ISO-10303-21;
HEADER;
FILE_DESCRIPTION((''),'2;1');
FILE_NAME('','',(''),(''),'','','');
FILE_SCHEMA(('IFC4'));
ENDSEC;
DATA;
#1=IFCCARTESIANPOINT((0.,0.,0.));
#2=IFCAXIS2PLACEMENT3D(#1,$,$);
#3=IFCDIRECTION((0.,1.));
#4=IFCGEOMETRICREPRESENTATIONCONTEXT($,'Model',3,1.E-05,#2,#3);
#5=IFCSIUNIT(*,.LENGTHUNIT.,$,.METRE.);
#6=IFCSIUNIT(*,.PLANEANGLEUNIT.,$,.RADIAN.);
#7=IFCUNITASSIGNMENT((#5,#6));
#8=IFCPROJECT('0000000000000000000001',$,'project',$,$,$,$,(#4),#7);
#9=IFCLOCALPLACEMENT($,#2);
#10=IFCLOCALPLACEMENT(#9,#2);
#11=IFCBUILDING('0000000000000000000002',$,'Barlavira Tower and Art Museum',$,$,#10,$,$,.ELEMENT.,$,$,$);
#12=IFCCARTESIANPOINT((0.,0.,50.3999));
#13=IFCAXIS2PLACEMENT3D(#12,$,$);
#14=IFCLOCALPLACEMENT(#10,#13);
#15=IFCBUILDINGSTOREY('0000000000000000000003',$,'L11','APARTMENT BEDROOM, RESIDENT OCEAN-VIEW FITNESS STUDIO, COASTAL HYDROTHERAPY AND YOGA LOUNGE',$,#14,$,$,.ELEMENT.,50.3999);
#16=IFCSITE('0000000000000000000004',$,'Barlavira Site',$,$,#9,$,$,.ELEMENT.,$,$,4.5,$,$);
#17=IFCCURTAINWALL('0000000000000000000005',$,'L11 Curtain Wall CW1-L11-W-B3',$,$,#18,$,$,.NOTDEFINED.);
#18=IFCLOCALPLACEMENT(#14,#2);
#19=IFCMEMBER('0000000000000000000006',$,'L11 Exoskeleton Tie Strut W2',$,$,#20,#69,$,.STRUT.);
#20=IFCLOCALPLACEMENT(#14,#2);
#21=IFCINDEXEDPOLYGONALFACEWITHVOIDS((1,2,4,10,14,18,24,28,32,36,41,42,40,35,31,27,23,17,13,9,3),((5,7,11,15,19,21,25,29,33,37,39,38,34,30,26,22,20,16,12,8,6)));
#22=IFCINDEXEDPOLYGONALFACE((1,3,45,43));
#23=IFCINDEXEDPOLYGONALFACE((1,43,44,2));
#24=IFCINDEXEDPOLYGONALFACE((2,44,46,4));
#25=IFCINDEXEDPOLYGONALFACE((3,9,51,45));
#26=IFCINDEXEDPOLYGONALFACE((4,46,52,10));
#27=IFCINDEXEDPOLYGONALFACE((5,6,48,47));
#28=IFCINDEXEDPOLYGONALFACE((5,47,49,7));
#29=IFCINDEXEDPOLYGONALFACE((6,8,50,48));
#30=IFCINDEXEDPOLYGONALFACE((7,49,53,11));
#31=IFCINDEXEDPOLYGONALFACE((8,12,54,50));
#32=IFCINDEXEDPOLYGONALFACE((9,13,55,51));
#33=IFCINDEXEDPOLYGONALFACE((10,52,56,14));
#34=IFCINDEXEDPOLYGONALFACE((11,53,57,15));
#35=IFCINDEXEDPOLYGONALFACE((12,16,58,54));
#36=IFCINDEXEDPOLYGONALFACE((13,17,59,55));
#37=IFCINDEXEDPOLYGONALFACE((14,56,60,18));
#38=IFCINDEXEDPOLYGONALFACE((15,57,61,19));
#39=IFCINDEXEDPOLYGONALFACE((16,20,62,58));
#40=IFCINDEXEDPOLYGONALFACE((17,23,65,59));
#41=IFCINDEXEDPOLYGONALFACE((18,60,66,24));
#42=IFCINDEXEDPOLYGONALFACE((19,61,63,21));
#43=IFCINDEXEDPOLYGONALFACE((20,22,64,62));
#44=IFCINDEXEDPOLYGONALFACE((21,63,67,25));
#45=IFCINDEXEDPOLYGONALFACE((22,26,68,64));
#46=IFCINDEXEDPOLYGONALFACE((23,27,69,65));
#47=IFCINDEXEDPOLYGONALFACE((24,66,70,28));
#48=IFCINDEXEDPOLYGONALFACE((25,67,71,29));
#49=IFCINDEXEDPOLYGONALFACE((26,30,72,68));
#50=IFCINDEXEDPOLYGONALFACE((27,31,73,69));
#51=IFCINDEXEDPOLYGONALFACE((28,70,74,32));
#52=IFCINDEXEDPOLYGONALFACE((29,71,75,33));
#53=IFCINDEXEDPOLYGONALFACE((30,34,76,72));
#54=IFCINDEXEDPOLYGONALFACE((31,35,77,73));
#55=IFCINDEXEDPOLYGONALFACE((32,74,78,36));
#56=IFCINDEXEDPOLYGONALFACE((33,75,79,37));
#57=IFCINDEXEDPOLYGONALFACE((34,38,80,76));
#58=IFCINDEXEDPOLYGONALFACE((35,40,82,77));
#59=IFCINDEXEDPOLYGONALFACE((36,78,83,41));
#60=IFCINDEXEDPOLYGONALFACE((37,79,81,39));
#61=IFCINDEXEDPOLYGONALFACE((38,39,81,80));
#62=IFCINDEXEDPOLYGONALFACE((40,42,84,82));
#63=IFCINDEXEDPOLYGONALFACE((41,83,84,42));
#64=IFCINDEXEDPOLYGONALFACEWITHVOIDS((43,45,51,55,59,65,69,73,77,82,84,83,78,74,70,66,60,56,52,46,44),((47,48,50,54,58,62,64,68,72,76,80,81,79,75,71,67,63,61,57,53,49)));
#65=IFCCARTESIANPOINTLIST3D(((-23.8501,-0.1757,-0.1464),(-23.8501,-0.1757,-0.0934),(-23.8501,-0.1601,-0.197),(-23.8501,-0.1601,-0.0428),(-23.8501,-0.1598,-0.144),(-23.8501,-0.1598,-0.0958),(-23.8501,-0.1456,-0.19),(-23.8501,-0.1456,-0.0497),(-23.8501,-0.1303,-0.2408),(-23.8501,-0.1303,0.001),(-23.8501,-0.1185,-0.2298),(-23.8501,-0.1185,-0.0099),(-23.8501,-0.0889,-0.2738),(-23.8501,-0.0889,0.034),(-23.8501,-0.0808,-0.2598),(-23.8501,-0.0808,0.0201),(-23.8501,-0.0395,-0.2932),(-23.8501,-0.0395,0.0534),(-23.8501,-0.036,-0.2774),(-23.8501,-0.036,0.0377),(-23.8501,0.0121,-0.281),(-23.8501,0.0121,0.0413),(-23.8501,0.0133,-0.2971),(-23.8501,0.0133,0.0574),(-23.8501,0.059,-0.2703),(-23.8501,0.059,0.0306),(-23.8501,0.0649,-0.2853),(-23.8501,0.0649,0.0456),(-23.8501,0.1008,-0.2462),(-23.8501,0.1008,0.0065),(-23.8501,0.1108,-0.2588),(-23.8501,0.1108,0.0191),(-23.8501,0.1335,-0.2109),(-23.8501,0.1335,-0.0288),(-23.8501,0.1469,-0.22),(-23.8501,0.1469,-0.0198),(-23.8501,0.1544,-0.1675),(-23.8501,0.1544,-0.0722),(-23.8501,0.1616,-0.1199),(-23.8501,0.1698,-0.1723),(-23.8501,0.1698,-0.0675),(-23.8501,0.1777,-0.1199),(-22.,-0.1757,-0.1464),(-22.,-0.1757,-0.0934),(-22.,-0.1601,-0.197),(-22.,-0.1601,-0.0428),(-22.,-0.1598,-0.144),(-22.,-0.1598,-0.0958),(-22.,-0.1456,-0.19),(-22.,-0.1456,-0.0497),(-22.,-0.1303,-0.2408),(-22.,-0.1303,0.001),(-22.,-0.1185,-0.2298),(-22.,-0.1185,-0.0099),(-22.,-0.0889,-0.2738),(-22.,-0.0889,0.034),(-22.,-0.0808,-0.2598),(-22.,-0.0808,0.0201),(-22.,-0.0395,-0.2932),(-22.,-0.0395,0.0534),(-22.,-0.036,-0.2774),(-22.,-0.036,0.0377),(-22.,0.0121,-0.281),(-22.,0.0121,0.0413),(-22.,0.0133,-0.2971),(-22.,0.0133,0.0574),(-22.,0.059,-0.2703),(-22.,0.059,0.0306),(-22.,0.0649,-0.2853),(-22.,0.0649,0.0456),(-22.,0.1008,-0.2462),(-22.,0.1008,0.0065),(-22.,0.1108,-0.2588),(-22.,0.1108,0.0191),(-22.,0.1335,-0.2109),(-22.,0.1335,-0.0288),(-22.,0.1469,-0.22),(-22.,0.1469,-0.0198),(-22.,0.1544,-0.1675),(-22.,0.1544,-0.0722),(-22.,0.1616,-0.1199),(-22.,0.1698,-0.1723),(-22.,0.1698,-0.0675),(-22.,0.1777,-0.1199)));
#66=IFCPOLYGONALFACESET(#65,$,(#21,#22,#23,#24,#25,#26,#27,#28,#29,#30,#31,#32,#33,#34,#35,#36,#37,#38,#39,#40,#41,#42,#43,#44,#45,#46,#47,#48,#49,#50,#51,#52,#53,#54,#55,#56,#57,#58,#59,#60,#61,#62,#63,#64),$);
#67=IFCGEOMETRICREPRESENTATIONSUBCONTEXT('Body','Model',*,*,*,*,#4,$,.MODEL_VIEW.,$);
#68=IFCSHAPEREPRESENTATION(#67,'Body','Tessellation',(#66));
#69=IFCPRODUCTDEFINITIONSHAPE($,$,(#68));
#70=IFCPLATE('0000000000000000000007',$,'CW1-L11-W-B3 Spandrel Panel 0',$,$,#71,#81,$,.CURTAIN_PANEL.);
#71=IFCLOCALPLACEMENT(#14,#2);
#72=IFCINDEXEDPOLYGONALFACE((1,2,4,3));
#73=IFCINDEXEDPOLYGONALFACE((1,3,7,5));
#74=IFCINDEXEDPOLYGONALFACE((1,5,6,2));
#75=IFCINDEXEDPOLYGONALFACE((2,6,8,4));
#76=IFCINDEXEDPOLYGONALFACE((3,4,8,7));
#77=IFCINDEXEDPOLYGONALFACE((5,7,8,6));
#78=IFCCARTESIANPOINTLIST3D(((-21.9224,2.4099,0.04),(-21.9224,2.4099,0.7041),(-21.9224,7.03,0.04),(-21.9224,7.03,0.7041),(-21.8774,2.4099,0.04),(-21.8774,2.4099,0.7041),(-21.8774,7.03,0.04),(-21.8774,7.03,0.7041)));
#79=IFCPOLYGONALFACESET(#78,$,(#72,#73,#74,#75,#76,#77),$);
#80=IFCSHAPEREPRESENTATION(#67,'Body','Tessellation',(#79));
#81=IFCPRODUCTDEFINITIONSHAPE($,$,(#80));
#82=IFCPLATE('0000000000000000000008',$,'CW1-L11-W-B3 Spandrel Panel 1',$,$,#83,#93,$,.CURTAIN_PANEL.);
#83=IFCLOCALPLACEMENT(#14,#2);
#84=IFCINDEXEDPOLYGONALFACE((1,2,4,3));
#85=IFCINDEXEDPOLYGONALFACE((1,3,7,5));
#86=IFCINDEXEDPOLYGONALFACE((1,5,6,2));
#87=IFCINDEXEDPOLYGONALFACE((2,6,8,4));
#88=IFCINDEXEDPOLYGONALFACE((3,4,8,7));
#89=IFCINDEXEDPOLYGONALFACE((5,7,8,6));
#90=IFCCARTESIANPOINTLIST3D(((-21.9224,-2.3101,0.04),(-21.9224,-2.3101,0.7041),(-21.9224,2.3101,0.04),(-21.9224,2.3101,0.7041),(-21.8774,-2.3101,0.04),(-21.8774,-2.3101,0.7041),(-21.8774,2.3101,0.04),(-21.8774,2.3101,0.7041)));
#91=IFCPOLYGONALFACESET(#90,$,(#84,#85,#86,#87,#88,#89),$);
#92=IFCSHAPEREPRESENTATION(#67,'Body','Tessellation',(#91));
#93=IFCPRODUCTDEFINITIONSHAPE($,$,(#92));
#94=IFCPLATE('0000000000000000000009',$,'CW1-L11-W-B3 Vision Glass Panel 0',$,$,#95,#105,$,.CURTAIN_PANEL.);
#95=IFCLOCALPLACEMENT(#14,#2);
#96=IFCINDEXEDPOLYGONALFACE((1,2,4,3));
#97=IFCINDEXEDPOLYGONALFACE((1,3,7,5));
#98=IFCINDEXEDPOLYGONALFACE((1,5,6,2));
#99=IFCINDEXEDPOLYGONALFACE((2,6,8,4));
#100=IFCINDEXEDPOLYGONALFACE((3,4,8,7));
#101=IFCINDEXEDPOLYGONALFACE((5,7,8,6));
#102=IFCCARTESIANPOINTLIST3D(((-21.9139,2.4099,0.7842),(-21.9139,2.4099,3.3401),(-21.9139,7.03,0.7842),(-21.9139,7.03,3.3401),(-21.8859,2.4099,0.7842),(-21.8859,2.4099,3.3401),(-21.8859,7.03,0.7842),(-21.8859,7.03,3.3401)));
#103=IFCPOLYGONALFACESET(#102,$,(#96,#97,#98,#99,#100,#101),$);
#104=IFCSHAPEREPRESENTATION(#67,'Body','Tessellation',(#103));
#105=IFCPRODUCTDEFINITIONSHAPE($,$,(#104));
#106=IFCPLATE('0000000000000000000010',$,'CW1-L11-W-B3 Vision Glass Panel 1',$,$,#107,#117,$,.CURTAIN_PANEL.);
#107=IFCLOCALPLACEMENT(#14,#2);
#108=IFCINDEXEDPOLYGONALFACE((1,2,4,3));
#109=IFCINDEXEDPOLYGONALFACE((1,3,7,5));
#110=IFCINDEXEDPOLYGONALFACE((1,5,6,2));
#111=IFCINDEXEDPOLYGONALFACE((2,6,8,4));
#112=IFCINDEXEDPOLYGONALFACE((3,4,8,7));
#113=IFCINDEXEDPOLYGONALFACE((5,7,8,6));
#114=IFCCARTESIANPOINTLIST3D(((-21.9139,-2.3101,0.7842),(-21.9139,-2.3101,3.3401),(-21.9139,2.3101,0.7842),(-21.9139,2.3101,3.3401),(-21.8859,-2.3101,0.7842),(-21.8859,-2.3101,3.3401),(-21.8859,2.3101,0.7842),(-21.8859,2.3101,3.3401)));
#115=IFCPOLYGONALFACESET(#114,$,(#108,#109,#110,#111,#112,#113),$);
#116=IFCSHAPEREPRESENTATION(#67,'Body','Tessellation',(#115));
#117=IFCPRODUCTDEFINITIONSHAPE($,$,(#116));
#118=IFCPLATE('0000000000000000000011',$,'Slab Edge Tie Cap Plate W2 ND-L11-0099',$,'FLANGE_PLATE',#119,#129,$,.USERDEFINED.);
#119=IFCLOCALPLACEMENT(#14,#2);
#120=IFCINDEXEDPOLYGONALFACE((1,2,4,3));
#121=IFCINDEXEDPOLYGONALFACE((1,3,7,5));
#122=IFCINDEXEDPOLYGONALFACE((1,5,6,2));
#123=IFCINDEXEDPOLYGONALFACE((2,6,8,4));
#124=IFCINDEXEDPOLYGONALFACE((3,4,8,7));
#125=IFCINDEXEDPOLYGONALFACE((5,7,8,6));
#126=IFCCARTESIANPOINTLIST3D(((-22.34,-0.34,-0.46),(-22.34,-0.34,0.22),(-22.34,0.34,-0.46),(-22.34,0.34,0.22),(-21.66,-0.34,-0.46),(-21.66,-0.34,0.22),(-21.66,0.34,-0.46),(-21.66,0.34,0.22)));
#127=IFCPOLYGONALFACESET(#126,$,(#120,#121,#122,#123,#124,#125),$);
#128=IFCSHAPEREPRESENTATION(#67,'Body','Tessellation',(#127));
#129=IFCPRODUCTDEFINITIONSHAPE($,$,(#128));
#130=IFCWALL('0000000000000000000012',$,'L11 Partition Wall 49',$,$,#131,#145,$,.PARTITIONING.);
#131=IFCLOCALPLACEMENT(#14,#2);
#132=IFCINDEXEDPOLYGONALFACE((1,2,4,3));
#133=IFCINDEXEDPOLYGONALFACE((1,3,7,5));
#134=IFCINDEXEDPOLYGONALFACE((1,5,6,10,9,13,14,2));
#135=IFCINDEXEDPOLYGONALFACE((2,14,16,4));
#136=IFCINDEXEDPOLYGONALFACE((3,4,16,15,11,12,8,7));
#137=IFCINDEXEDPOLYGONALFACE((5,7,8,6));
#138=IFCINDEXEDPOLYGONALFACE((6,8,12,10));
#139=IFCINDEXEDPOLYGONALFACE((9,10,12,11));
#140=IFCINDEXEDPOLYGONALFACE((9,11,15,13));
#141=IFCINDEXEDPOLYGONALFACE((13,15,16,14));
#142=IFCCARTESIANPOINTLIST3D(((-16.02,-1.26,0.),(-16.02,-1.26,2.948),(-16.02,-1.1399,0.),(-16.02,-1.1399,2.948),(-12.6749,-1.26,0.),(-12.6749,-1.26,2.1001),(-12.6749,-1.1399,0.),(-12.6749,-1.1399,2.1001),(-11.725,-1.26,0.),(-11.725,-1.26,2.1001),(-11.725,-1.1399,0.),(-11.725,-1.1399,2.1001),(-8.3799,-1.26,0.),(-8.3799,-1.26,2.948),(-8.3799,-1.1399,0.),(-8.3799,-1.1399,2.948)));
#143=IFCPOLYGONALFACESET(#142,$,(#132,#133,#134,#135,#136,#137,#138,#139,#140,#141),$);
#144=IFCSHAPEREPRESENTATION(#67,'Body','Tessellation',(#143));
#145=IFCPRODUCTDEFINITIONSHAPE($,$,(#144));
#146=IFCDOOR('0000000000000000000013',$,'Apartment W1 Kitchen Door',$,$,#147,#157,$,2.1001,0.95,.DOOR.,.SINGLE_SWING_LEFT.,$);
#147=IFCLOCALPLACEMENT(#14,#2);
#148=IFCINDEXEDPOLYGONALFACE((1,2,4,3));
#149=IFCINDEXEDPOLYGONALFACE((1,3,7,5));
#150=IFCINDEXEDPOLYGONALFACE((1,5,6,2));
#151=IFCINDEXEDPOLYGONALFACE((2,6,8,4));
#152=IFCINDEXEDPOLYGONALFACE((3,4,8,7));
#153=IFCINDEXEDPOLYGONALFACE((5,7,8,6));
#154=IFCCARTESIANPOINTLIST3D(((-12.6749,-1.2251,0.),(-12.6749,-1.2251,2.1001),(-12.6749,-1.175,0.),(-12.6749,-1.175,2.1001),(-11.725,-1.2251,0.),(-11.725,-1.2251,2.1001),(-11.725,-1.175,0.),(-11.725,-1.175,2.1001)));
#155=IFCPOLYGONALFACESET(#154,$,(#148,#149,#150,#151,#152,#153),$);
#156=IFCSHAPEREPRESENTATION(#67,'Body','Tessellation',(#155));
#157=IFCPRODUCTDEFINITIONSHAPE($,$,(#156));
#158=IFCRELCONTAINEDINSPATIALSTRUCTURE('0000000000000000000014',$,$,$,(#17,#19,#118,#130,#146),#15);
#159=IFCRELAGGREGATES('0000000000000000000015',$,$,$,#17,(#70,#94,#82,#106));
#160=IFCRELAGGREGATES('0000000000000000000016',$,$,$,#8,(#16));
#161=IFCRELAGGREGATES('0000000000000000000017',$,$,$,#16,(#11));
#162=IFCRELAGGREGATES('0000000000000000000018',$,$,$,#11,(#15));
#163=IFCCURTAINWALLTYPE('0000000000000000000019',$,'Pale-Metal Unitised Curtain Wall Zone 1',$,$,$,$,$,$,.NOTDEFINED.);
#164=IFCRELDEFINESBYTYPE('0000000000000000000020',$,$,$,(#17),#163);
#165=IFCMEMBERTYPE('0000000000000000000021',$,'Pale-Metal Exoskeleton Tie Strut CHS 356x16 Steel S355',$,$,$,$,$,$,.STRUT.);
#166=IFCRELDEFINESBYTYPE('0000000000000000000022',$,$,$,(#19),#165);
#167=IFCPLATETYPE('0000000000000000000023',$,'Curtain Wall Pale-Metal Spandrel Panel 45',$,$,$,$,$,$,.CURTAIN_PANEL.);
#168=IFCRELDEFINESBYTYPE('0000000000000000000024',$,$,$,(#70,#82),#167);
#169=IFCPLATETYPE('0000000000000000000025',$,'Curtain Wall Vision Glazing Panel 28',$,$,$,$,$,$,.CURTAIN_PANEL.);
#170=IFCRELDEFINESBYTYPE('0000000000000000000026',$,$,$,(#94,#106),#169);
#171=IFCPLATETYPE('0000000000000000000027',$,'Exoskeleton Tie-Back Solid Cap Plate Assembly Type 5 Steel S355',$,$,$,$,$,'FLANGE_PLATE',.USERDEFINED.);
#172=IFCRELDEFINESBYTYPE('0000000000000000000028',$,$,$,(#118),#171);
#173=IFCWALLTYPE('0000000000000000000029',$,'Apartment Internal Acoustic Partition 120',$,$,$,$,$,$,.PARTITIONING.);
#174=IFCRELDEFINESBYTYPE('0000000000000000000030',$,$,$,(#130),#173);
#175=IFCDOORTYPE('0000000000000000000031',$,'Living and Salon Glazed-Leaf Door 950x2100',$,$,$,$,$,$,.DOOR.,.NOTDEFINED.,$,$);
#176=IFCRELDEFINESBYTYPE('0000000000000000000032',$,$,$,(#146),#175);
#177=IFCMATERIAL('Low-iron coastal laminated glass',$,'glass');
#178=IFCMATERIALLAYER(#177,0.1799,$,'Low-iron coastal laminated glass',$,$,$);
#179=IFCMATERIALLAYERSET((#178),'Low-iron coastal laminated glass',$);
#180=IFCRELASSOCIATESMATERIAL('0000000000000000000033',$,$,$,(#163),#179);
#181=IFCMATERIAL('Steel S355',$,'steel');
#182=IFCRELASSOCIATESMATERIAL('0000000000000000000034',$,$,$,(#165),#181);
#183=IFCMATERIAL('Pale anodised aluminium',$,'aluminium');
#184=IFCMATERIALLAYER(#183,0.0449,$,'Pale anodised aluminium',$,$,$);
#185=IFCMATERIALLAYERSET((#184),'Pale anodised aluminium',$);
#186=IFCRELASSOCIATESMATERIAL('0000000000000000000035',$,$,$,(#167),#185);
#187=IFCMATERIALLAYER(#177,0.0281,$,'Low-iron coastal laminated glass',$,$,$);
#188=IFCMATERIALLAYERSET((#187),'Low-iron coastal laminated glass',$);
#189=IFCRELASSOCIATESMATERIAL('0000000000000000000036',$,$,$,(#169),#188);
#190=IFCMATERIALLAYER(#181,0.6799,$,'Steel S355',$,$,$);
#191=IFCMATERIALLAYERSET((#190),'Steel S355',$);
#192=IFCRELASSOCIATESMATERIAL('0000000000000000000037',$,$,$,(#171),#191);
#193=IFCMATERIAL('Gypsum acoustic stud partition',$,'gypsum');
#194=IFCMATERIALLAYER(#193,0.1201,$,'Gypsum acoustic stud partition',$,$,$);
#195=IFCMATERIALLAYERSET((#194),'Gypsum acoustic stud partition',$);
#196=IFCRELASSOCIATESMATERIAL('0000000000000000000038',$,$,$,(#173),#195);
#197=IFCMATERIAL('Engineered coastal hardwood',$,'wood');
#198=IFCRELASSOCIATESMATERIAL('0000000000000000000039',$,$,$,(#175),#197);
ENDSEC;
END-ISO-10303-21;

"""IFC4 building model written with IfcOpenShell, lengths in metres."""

from ifc_helpers import new_model, si_unit, direction, frame, frame_2d, origin, origin_2d, place, context, subcontext, project, spatial, rectangle, hollow_circle, extrude, material, layer, layer_set, material_profile, profile_set, type_object, element, fill, aggregate, save


model = new_model("IFC4")

# Units and contexts
model_context = context("Model", 3, precision=1e-05, world=origin(), true_north=direction((0.0, 1.0)))
body_context = subcontext(model_context, "Body", "Model", "MODEL_VIEW")
ifc_project = project(units=[si_unit("LENGTHUNIT", "METRE"), si_unit("PLANEANGLEUNIT", "RADIAN")], contexts=[model_context])

# Site, building, storey
site_placement = place(None, origin())
site = spatial("IfcSite", under=ifc_project, at=site_placement, Name="Barlavira Site", CompositionType="ELEMENT", RefElevation=4.5)
building_placement = place(site_placement, origin())
building = spatial("IfcBuilding", under=site, at=building_placement, Name="Barlavira Tower and Art Museum", CompositionType="ELEMENT")
storey_placement = place(building_placement, frame((0.0, 0.0, 50.3999)))
storey = spatial("IfcBuildingStorey", under=building, at=storey_placement, Name="L11", Description="APARTMENT BEDROOM, RESIDENT OCEAN-VIEW FITNESS STUDIO, COASTAL HYDROTHERAPY AND YOGA LOUNGE", CompositionType="ELEMENT", Elevation=50.3999)

# Curtain wall
ifc_material_1 = material(Name="Low-iron coastal laminated glass", Category="glass")
ifc_layer_1 = layer(ifc_material_1, 0.1799, Name="Low-iron coastal laminated glass")
ifc_layer_set_1 = layer_set([ifc_layer_1], Name="Low-iron coastal laminated glass")
curtain_wall_type = type_object("IfcCurtainWallType", Name="Pale-Metal Unitised Curtain Wall Zone 1", PredefinedType="NOTDEFINED", material=ifc_layer_set_1)
curtain_wall_placement = place(storey_placement, origin())
curtain_wall = element("IfcCurtainWall", 1, at=curtain_wall_placement, inside=storey, type_object=curtain_wall_type, Name="L11 Curtain Wall CW1-L11-W-B3", PredefinedType="NOTDEFINED")
ifc_material_2 = material(Name="Pale anodised aluminium", Category="aluminium")

# Member
ifc_material_3 = material(Name="Steel S355", Category="steel")
ifc_material_profile_1 = material_profile(ifc_material_3, hollow_circle(Radius=0.1777, WallThickness=0.0161, at=origin_2d()), Name="CHS 355.6x16.0")
ifc_profile_set_1 = profile_set([ifc_material_profile_1], Name="Steel S355")
member_type_1 = type_object("IfcMemberType", Name="Pale-Metal Exoskeleton Tie Strut CHS 356x16 Steel S355", PredefinedType="STRUT", material=ifc_profile_set_1)
member_1_placement = place(storey_placement, frame((-23.8501, 0.0, -0.1199), z_axis=(1.0, 0.0, 0.0), x_axis=(0.0, 1.0, 0.0)))
element("IfcMember", 2, at=member_1_placement, inside=storey, type_object=member_type_1, Name="L11 Exoskeleton Tie Strut W2", PredefinedType="STRUT", context=body_context, shape_type="SweptSolid", body=[
    extrude(hollow_circle(Radius=0.1777, WallThickness=0.0161, at=origin_2d()), origin(), (0.0, 0.0, 1.0), 1.8501),
])

# Plates
ifc_layer_2 = layer(ifc_material_2, 0.0449, Name="Pale anodised aluminium")
ifc_layer_set_2 = layer_set([ifc_layer_2], Name="Pale anodised aluminium")
plate_type_1 = type_object("IfcPlateType", Name="Curtain Wall Pale-Metal Spandrel Panel 45", PredefinedType="CURTAIN_PANEL", material=ifc_layer_set_2)
plate_1_placement = place(storey_placement, frame((-21.8999, 4.72, 0.04), z_axis=(0.0, 0.0, 1.0), x_axis=(0.0, -1.0, 0.0)))
plate_1 = element("IfcPlate", 3, at=plate_1_placement, type_object=plate_type_1, Name="CW1-L11-W-B3 Spandrel Panel 0", PredefinedType="CURTAIN_PANEL", context=body_context, shape_type="SweptSolid", body=[
    extrude(rectangle(XDim=4.6201, YDim=0.0449, at=origin_2d()), origin(), (0.0, 0.0, 1.0), 0.6641),
])
plate_2_placement = place(storey_placement, frame((-21.8999, 0.0, 0.04), z_axis=(0.0, 0.0, 1.0), x_axis=(0.0, -1.0, 0.0)))
plate_2 = element("IfcPlate", 4, at=plate_2_placement, type_object=plate_type_1, Name="CW1-L11-W-B3 Spandrel Panel 1", PredefinedType="CURTAIN_PANEL", context=body_context, shape_type="SweptSolid", body=[
    extrude(rectangle(XDim=4.6201, YDim=0.0449, at=origin_2d()), origin(), (0.0, 0.0, 1.0), 0.6641),
])
ifc_layer_3 = layer(ifc_material_1, 0.0281, Name="Low-iron coastal laminated glass")
ifc_layer_set_3 = layer_set([ifc_layer_3], Name="Low-iron coastal laminated glass")
plate_type_2 = type_object("IfcPlateType", Name="Curtain Wall Vision Glazing Panel 28", PredefinedType="CURTAIN_PANEL", material=ifc_layer_set_3)
plate_3_placement = place(storey_placement, frame((-21.8999, 4.72, 0.7842), z_axis=(0.0, 0.0, 1.0), x_axis=(0.0, -1.0, 0.0)))
plate_3 = element("IfcPlate", 5, at=plate_3_placement, type_object=plate_type_2, Name="CW1-L11-W-B3 Vision Glass Panel 0", PredefinedType="CURTAIN_PANEL", context=body_context, shape_type="SweptSolid", body=[
    extrude(rectangle(XDim=4.6201, YDim=0.0281, at=origin_2d()), origin(), (0.0, 0.0, 1.0), 2.5559),
])
plate_4_placement = place(storey_placement, frame((-21.8999, 0.0, 0.7842), z_axis=(0.0, 0.0, 1.0), x_axis=(0.0, -1.0, 0.0)))
plate_4 = element("IfcPlate", 6, at=plate_4_placement, type_object=plate_type_2, Name="CW1-L11-W-B3 Vision Glass Panel 1", PredefinedType="CURTAIN_PANEL", context=body_context, shape_type="SweptSolid", body=[
    extrude(rectangle(XDim=4.6201, YDim=0.0281, at=origin_2d()), origin(), (0.0, 0.0, 1.0), 2.5559),
])
aggregate(curtain_wall, [plate_1, plate_3, plate_2, plate_4])
ifc_layer_4 = layer(ifc_material_3, 0.6799, Name="Steel S355")
ifc_layer_set_4 = layer_set([ifc_layer_4], Name="Steel S355")
plate_type_3 = type_object("IfcPlateType", Name="Exoskeleton Tie-Back Solid Cap Plate Assembly Type 5 Steel S355", ElementType="FLANGE_PLATE", PredefinedType="USERDEFINED", material=ifc_layer_set_4)
plate_5_placement = place(storey_placement, frame((-22.0, 0.0, -0.46), z_axis=(0.0, 0.0, 1.0), x_axis=(1.0, 0.0, 0.0)))
element("IfcPlate", 7, at=plate_5_placement, inside=storey, type_object=plate_type_3, Name="Slab Edge Tie Cap Plate W2 ND-L11-0099", ObjectType="FLANGE_PLATE", PredefinedType="USERDEFINED", context=body_context, shape_type="SweptSolid", body=[
    extrude(rectangle(XDim=0.6799, YDim=0.6799, at=origin_2d()), origin(), (0.0, 0.0, 1.0), 0.6799),
])

# Wall, opening, door
ifc_material_4 = material(Name="Gypsum acoustic stud partition", Category="gypsum")
ifc_layer_5 = layer(ifc_material_4, 0.1201, Name="Gypsum acoustic stud partition")
ifc_layer_set_5 = layer_set([ifc_layer_5], Name="Gypsum acoustic stud partition")
wall_type_1 = type_object("IfcWallType", Name="Apartment Internal Acoustic Partition 120", PredefinedType="PARTITIONING", material=ifc_layer_set_5)
wall_1_placement = place(storey_placement, frame((-16.02, -1.2, 0.0), z_axis=(0.0, 0.0, 1.0), x_axis=(1.0, 0.0, 0.0)))
wall_1 = element("IfcWall", 8, at=wall_1_placement, inside=storey, type_object=wall_type_1, Name="L11 Partition Wall 49", PredefinedType="PARTITIONING", context=body_context, shape_type="SweptSolid", body=[
    extrude(rectangle(XDim=7.6401, YDim=0.1201, at=frame_2d((3.8201, 0.0))), origin(), (0.0, 0.0, 1.0), 2.948),
])
opening_1_placement = place(wall_1_placement, frame((3.345, 0.0, 0.0)))
opening_1 = element("IfcOpeningElement", 9, at=opening_1_placement, cuts=wall_1, PredefinedType="OPENING", context=body_context, shape_type="SweptSolid", body=[
    extrude(rectangle(XDim=0.95, YDim=2.1001, at=frame_2d((0.4751, 1.05))), frame((0.0, 0.0701, 0.0), z_axis=(0.0, -1.0, 0.0), x_axis=(1.0, 0.0, 0.0)), (0.0, 0.0, 1.0), 0.1401),
])
ifc_material_5 = material(Name="Engineered coastal hardwood", Category="wood")
door_type_1 = type_object("IfcDoorType", Name="Living and Salon Glazed-Leaf Door 950x2100", OperationType="NOTDEFINED", PredefinedType="DOOR", material=ifc_material_5)
door_1_placement = place(opening_1_placement, origin())
door_1 = element("IfcDoor", 10, at=door_1_placement, inside=storey, type_object=door_type_1, Name="Apartment W1 Kitchen Door", OperationType="SINGLE_SWING_LEFT", OverallHeight=2.1001, OverallWidth=0.95, PredefinedType="DOOR", context=body_context, shape_type="SweptSolid", body=[
    extrude(rectangle(XDim=0.95, YDim=2.1001, at=frame_2d((0.4751, 1.05))), frame((0.0, 0.0249, 0.0), z_axis=(0.0, -1.0, 0.0), x_axis=(1.0, 0.0, 0.0)), (0.0, 0.0, 1.0), 0.05),
])
fill(opening_1, door_1)

save(model, "model.ifc")
